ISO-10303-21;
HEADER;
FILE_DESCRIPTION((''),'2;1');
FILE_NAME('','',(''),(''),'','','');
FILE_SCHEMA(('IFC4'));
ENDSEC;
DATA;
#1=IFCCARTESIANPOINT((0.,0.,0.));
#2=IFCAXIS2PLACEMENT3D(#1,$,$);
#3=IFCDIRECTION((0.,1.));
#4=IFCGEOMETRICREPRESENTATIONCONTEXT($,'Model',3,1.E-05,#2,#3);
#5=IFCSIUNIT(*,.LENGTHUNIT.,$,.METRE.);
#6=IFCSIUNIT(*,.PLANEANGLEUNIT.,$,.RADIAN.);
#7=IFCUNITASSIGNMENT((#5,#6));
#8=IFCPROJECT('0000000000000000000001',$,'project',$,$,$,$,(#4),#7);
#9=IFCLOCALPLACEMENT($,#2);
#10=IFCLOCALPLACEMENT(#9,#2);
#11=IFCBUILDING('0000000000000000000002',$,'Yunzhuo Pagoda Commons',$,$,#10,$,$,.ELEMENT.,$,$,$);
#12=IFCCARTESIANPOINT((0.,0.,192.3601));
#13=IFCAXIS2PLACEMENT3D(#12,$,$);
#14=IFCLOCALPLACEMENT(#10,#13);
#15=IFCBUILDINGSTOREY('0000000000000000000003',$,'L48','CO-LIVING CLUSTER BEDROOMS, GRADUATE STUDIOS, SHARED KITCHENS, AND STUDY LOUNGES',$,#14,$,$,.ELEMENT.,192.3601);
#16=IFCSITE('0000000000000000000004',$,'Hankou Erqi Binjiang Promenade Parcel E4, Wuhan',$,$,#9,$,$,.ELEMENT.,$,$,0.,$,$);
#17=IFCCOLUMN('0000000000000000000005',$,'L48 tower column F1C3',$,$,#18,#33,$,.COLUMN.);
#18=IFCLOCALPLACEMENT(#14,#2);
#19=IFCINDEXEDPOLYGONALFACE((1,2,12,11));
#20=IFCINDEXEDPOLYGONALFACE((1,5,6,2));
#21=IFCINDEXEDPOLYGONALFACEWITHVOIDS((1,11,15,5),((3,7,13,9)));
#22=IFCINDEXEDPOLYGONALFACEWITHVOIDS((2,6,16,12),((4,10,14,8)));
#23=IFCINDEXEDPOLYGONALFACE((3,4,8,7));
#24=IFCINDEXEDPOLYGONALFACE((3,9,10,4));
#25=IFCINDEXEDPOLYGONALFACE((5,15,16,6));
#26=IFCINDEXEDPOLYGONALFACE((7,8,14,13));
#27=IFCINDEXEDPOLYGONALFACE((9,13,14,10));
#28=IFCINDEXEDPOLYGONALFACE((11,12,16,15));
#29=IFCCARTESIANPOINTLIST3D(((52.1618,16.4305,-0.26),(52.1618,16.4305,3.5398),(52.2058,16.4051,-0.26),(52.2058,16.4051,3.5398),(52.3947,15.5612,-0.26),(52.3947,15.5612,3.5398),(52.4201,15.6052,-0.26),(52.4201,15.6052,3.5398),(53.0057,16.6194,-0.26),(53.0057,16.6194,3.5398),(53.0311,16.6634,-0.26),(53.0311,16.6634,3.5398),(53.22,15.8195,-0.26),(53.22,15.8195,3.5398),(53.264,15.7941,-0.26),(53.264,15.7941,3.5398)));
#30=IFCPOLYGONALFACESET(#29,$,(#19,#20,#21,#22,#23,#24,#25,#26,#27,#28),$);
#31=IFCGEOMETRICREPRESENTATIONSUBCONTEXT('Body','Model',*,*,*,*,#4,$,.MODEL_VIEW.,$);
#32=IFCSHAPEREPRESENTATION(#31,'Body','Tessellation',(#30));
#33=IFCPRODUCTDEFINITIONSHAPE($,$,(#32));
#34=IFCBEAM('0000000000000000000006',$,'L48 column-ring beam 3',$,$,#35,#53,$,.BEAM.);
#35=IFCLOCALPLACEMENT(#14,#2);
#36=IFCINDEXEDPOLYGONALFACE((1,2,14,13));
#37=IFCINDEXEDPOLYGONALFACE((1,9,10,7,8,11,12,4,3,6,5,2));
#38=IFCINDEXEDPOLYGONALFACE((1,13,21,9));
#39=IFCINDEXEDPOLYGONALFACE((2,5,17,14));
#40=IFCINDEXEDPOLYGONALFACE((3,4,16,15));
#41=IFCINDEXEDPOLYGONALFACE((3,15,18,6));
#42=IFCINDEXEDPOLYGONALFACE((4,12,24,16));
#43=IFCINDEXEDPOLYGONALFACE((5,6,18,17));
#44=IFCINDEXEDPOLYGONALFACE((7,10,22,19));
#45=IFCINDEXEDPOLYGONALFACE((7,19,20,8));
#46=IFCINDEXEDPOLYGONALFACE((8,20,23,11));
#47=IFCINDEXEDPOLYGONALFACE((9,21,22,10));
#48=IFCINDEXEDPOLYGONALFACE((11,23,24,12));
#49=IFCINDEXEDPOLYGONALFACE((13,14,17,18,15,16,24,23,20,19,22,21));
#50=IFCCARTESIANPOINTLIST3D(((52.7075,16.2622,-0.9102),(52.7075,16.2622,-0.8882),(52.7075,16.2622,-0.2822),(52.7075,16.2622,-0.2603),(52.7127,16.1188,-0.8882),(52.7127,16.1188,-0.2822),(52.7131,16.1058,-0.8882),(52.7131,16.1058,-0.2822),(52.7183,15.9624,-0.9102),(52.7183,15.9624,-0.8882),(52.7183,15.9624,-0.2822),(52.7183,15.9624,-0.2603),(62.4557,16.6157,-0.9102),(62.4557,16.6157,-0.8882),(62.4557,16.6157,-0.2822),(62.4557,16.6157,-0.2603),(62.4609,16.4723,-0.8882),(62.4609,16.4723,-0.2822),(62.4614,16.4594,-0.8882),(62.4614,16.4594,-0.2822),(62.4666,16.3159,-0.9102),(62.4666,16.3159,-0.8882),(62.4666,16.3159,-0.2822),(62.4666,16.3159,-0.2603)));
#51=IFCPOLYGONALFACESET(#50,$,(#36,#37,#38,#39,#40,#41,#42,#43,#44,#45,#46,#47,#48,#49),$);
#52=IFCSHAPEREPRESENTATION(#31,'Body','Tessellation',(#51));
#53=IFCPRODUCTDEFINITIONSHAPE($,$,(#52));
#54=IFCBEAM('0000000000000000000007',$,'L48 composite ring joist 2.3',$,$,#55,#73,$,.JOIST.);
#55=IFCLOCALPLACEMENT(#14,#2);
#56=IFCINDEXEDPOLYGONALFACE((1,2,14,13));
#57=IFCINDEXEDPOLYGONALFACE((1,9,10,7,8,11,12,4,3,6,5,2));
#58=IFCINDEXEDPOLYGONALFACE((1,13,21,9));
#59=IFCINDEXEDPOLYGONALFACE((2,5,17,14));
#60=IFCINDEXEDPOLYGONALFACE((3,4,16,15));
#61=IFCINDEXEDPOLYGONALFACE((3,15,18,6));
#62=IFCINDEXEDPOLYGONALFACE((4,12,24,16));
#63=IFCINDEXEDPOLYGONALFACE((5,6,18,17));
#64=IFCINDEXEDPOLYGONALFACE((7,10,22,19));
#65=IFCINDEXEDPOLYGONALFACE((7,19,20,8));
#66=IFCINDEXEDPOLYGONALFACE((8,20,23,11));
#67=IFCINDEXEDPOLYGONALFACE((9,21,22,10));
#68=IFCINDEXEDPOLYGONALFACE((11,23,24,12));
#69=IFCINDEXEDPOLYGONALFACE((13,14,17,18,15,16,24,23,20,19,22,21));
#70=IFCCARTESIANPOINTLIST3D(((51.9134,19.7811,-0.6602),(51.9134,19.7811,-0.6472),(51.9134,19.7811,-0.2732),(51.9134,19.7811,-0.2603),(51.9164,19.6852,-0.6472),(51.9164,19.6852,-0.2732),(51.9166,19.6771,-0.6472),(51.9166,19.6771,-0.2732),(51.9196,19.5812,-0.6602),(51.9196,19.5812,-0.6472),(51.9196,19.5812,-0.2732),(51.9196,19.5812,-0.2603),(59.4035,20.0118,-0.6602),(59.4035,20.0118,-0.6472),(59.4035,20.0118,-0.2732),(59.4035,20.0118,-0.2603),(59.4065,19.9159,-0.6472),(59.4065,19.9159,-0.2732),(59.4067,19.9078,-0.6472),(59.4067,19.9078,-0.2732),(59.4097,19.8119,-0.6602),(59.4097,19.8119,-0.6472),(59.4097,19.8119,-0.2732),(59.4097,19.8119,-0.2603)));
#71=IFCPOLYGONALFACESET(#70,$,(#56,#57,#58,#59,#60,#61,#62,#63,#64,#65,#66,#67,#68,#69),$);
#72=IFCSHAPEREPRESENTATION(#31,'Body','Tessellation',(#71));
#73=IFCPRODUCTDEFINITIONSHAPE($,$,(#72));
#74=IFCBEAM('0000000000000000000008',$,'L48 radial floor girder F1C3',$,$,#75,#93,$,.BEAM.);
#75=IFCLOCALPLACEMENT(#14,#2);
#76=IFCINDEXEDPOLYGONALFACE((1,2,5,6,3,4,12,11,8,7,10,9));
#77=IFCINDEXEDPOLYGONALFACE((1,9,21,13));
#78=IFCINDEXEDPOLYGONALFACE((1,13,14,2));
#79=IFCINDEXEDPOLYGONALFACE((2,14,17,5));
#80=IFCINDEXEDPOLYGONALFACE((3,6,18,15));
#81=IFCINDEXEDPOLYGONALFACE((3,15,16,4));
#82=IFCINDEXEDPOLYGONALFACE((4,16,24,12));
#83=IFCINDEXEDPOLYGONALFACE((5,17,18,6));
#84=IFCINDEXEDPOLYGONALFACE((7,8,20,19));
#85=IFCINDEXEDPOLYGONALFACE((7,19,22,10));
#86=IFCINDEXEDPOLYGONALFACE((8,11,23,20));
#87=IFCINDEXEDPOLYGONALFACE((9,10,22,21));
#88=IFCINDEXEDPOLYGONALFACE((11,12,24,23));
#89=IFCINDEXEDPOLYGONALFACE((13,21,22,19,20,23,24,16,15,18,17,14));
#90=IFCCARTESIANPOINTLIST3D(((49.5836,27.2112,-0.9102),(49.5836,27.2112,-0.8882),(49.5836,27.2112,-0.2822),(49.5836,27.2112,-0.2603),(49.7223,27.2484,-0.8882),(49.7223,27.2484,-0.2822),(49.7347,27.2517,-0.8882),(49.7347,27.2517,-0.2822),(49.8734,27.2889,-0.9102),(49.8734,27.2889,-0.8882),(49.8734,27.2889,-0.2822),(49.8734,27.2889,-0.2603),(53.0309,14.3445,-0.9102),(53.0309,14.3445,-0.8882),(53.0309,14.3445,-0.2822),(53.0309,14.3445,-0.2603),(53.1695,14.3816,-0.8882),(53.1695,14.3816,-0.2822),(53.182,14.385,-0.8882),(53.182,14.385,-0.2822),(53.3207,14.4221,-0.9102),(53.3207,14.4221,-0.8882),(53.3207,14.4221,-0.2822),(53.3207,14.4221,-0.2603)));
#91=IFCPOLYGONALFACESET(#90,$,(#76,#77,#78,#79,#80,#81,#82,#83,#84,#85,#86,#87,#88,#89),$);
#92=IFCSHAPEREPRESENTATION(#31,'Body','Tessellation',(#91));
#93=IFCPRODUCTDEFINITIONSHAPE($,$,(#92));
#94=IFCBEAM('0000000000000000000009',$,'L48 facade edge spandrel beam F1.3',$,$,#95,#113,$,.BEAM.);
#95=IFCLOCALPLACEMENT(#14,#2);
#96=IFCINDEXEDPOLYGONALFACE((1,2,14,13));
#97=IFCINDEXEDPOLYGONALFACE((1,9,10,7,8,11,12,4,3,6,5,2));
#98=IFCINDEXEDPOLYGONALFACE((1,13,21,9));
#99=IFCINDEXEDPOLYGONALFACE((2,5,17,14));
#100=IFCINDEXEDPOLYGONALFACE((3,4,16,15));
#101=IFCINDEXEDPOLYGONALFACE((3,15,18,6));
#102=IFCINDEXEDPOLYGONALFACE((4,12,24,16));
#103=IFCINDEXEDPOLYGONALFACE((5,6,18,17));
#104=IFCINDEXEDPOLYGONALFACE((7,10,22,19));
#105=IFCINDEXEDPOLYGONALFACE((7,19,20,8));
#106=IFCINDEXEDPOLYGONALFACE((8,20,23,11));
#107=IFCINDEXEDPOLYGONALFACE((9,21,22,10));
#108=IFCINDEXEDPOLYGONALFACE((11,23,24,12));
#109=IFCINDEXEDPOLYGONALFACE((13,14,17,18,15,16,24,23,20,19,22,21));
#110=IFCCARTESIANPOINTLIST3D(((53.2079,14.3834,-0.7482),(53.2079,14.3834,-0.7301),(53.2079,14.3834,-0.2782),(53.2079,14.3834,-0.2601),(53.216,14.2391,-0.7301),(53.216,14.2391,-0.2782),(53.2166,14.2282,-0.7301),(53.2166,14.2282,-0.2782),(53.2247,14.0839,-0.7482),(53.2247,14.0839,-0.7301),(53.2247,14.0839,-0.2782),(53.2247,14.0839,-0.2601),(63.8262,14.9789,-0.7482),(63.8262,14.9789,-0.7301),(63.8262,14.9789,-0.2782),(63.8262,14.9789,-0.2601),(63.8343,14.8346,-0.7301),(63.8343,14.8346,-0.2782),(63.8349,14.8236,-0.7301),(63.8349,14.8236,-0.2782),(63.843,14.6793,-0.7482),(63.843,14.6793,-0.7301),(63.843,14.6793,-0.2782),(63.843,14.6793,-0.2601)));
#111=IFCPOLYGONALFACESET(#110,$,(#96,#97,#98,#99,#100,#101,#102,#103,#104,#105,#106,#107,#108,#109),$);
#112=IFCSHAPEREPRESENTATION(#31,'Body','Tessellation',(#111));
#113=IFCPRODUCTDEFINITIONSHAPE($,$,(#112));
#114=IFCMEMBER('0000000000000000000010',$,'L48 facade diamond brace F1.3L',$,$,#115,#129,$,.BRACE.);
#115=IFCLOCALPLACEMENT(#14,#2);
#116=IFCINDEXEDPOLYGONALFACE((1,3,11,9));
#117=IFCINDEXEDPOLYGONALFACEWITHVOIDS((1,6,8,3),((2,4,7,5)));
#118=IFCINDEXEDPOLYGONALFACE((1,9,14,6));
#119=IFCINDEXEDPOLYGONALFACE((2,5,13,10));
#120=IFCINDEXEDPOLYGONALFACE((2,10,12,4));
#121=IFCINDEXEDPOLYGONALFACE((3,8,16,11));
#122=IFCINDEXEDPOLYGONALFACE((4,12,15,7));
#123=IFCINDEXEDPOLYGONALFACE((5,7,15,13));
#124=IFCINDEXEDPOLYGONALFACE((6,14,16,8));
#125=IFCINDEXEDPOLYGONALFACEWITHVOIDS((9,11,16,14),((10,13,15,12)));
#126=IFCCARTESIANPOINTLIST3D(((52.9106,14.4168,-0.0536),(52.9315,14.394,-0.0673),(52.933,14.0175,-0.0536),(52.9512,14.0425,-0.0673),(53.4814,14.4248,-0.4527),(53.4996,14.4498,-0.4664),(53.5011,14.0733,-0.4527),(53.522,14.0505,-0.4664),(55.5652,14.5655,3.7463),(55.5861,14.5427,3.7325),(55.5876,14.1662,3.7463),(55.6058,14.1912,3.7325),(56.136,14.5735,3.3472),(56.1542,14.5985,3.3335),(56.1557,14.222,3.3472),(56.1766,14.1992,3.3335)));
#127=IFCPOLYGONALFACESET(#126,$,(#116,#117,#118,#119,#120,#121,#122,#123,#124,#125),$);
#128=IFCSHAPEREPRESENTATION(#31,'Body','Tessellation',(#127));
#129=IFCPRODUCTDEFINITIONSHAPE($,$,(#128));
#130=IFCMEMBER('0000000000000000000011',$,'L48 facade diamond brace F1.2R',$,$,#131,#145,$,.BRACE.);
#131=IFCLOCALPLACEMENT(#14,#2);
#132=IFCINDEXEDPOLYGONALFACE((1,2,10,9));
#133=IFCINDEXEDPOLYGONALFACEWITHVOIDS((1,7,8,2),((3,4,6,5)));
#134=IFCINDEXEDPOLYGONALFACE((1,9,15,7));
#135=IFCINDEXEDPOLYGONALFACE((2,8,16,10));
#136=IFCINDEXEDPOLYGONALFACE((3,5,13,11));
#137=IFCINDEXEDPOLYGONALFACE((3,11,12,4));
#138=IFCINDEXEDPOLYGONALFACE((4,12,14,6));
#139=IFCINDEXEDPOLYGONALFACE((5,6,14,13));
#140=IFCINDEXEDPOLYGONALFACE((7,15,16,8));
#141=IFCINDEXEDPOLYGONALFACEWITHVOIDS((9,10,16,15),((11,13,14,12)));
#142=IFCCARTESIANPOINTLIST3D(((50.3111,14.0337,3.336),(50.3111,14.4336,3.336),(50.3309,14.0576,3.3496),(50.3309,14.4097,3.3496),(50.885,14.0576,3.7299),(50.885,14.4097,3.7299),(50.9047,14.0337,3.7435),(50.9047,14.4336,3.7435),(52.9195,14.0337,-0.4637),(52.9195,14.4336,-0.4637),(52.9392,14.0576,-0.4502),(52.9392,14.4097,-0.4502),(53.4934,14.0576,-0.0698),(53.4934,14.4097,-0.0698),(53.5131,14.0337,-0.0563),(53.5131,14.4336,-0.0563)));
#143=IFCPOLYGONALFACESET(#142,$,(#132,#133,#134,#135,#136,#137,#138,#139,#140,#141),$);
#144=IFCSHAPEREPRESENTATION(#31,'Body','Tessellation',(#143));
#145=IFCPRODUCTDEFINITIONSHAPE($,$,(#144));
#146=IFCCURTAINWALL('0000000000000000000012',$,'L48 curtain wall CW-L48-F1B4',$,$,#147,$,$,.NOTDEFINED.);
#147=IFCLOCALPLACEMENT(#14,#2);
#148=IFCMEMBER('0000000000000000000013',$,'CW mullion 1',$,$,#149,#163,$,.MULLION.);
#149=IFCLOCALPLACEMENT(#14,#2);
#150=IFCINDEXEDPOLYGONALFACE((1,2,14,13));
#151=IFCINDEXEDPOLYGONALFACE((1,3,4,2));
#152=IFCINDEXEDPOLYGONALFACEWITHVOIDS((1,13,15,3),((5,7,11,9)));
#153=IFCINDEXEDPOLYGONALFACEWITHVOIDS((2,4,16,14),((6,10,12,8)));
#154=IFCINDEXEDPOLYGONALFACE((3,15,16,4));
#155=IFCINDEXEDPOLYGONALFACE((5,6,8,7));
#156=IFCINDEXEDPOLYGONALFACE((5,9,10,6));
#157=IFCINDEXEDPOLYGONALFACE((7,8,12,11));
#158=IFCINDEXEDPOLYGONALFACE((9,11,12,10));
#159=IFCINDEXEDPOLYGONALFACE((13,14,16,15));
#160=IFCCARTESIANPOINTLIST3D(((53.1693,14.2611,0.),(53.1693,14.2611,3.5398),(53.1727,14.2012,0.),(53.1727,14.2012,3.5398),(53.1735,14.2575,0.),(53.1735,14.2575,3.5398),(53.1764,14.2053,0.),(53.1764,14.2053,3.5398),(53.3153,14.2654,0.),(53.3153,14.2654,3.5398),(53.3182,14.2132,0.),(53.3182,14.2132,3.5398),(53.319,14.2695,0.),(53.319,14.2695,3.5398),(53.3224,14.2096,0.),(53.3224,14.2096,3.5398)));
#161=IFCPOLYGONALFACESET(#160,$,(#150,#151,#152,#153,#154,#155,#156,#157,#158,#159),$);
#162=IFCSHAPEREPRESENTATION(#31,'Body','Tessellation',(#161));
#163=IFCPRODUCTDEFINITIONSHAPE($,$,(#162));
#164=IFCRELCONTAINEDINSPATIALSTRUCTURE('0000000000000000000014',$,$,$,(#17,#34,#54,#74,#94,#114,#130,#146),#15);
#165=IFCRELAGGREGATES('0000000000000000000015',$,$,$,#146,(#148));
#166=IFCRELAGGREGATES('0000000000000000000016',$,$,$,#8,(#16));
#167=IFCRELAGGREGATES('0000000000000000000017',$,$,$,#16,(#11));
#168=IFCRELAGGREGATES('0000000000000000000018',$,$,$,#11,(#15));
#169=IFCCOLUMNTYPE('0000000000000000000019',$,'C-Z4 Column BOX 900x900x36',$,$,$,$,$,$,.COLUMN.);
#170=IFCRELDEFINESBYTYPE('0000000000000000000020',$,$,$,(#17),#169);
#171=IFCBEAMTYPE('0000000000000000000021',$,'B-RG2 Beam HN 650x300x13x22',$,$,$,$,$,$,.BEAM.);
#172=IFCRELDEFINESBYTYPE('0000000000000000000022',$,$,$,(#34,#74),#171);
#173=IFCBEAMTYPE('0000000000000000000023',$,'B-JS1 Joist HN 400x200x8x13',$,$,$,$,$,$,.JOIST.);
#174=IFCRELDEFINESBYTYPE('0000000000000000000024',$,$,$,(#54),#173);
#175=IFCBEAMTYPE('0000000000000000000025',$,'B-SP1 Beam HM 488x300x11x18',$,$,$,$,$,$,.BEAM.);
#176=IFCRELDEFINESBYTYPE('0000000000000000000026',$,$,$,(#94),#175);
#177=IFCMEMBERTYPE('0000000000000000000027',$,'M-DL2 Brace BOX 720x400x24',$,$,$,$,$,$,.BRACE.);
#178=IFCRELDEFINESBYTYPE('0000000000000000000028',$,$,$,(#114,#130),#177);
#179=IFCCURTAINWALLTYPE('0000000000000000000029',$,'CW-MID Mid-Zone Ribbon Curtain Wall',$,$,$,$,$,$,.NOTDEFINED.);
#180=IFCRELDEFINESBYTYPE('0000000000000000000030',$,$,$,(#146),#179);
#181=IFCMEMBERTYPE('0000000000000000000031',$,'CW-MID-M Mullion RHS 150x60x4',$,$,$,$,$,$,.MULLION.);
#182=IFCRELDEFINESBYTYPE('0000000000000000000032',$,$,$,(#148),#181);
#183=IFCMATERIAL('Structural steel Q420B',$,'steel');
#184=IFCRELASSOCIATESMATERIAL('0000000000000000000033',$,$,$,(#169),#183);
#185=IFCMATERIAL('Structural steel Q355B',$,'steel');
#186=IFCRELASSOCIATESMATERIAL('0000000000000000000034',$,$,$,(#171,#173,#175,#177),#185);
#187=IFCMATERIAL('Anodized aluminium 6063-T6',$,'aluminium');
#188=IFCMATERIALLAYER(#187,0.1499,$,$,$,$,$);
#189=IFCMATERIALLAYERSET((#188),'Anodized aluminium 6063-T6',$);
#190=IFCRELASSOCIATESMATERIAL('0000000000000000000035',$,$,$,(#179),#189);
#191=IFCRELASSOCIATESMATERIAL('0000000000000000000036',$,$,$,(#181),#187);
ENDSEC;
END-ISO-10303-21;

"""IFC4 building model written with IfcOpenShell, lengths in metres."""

from ifc_helpers import new_model, si_unit, direction, frame, origin, origin_2d, place, context, subcontext, project, spatial, hollow_rectangle, i_section, extrude, source, transform, mapped, material, layer, layer_set, material_profile, profile_set, type_object, element, aggregate, save


model = new_model("IFC4")

# Units and contexts
model_context = context("Model", 3, precision=1e-05, world=origin(), true_north=direction((0.0, 1.0)))
body_context = subcontext(model_context, "Body", "Model", "MODEL_VIEW")
ifc_project = project(units=[si_unit("LENGTHUNIT", "METRE"), si_unit("PLANEANGLEUNIT", "RADIAN")], contexts=[model_context])

# Site, building, storey
site_placement = place(None, origin())
site = spatial("IfcSite", under=ifc_project, at=site_placement, Name="Hankou Erqi Binjiang Promenade Parcel E4, Wuhan", CompositionType="ELEMENT", RefElevation=0.0)
building_placement = place(site_placement, origin())
building = spatial("IfcBuilding", under=site, at=building_placement, Name="Yunzhuo Pagoda Commons", CompositionType="ELEMENT")
storey_placement = place(building_placement, frame((0.0, 0.0, 192.3601)))
storey = spatial("IfcBuildingStorey", under=building, at=storey_placement, Name="L48", Description="CO-LIVING CLUSTER BEDROOMS, GRADUATE STUDIOS, SHARED KITCHENS, AND STUDY LOUNGES", CompositionType="ELEMENT", Elevation=192.3601)

# Column
ifc_material_1 = material(Name="Structural steel Q420B", Category="steel")
ifc_material_profile_1 = material_profile(ifc_material_1, hollow_rectangle(XDim=0.8999, YDim=0.8999, WallThickness=0.0359, at=origin_2d()), Name="Structural steel Q420B")
ifc_profile_set_1 = profile_set([ifc_material_profile_1], Name="Structural steel Q420B")
column_type = type_object("IfcColumnType", Name="C-Z4 Column BOX 900x900x36", PredefinedType="COLUMN", material=ifc_profile_set_1)
shared_shape_1 = source(origin(), body_context, "Body", "SweptSolid", [
    extrude(hollow_rectangle(XDim=0.8999, YDim=0.8999, WallThickness=0.0359, at=origin_2d()), origin(), (0.0, 0.0, 1.0), 3.7998),
])
column_placement = place(storey_placement, frame((52.7129, 16.1123, -0.26), z_axis=(0.0, 0.0, 1.0), x_axis=(0.965926, 0.258819, 0.0)))
element("IfcColumn", 1, at=column_placement, inside=storey, type_object=column_type, Name="L48 tower column F1C3", PredefinedType="COLUMN", context=body_context, shape_type="MappedRepresentation", body=[
    mapped(shared_shape_1, transform((0.0, 0.0, 0.0), scale=1.0)),
])

# Beams
ifc_material_2 = material(Name="Structural steel Q355B", Category="steel")
ifc_material_profile_2 = material_profile(ifc_material_2, i_section(OverallWidth=0.3, OverallDepth=0.6499, WebThickness=0.0129, FlangeThickness=0.022, at=origin_2d()), Name="Structural steel Q355B")
ifc_profile_set_2 = profile_set([ifc_material_profile_2], Name="Structural steel Q355B")
beam_type_1 = type_object("IfcBeamType", Name="B-RG2 Beam HN 650x300x13x22", PredefinedType="BEAM", material=ifc_profile_set_2)
shared_shape_2 = source(origin(), body_context, "Body", "SweptSolid", [
    extrude(i_section(OverallWidth=0.3, OverallDepth=0.6499, WebThickness=0.0129, FlangeThickness=0.022, at=origin_2d()), origin(), (0.0, 0.0, 1.0), 9.7546),
])
beam_1_placement = place(storey_placement, frame((52.7129, 16.1123, -0.5852), z_axis=(0.999343, 0.036241, 0.0), x_axis=(-0.036241, 0.999343, 0.0)))
element("IfcBeam", 2, at=beam_1_placement, inside=storey, type_object=beam_type_1, Name="L48 column-ring beam 3", PredefinedType="BEAM", context=body_context, shape_type="MappedRepresentation", body=[
    mapped(shared_shape_2, transform((0.0, 0.0, 0.0), scale=1.0)),
])
ifc_material_profile_3 = material_profile(ifc_material_2, i_section(OverallWidth=0.2, OverallDepth=0.3999, WebThickness=0.0081, FlangeThickness=0.0129, at=origin_2d()), Name="Structural steel Q355B")
ifc_profile_set_3 = profile_set([ifc_material_profile_3], Name="Structural steel Q355B")
beam_type_2 = type_object("IfcBeamType", Name="B-JS1 Joist HN 400x200x8x13", PredefinedType="JOIST", material=ifc_profile_set_3)
shared_shape_3 = source(origin(), body_context, "Body", "SweptSolid", [
    extrude(i_section(OverallWidth=0.2, OverallDepth=0.3999, WebThickness=0.0081, FlangeThickness=0.0129, at=origin_2d()), origin(), (0.0, 0.0, 1.0), 7.4937),
])
beam_2_placement = place(storey_placement, frame((51.9165, 19.6812, -0.4602), z_axis=(0.999526, 0.030788, 0.0), x_axis=(-0.030788, 0.999526, 0.0)))
element("IfcBeam", 3, at=beam_2_placement, inside=storey, type_object=beam_type_2, Name="L48 composite ring joist 2.3", PredefinedType="JOIST", context=body_context, shape_type="MappedRepresentation", body=[
    mapped(shared_shape_3, transform((0.0, 0.0, 0.0), scale=1.0)),
])
shared_shape_4 = source(origin(), body_context, "Body", "SweptSolid", [
    extrude(i_section(OverallWidth=0.3, OverallDepth=0.6499, WebThickness=0.0129, FlangeThickness=0.022, at=origin_2d()), origin(), (0.0, 0.0, 1.0), 13.3206),
])
beam_3_placement = place(storey_placement, frame((53.1758, 14.3833, -0.5852), z_axis=(-0.258794, 0.965933, 0.0), x_axis=(-0.965933, -0.258794, 0.0)))
element("IfcBeam", 4, at=beam_3_placement, inside=storey, type_object=beam_type_1, Name="L48 radial floor girder F1C3", PredefinedType="BEAM", context=body_context, shape_type="MappedRepresentation", body=[
    mapped(shared_shape_4, transform((0.0, 0.0, 0.0), scale=1.0)),
])
ifc_material_profile_4 = material_profile(ifc_material_2, i_section(OverallWidth=0.3, OverallDepth=0.488, WebThickness=0.011, FlangeThickness=0.0181, at=origin_2d()), Name="Structural steel Q355B")
ifc_profile_set_4 = profile_set([ifc_material_profile_4], Name="Structural steel Q355B")
beam_type_3 = type_object("IfcBeamType", Name="B-SP1 Beam HM 488x300x11x18", PredefinedType="BEAM", material=ifc_profile_set_4)
shared_shape_5 = source(origin(), body_context, "Body", "SweptSolid", [
    extrude(i_section(OverallWidth=0.3, OverallDepth=0.488, WebThickness=0.011, FlangeThickness=0.0181, at=origin_2d()), origin(), (0.0, 0.0, 1.0), 10.635),
])
beam_4_placement = place(storey_placement, frame((53.2163, 14.2336, -0.5042), z_axis=(0.998431, 0.05599, 0.0), x_axis=(-0.05599, 0.998431, 0.0)))
element("IfcBeam", 5, at=beam_4_placement, inside=storey, type_object=beam_type_3, Name="L48 facade edge spandrel beam F1.3", PredefinedType="BEAM", context=body_context, shape_type="MappedRepresentation", body=[
    mapped(shared_shape_5, transform((0.0, 0.0, 0.0), scale=1.0)),
])

# Members
ifc_material_profile_5 = material_profile(ifc_material_2, hollow_rectangle(XDim=0.3999, YDim=0.72, WallThickness=0.0239, at=origin_2d()), Name="Structural steel Q355B")
ifc_profile_set_5 = profile_set([ifc_material_profile_5], Name="Structural steel Q355B")
member_type_1 = type_object("IfcMemberType", Name="M-DL2 Brace BOX 720x400x24", PredefinedType="BRACE", material=ifc_profile_set_5)
shared_shape_6 = source(origin(), body_context, "Body", "SweptSolid", [
    extrude(hollow_rectangle(XDim=0.3999, YDim=0.72, WallThickness=0.0239, at=origin_2d()), origin(), (0.0, 0.0, 1.0), 4.6377),
])
member_1_placement = place(storey_placement, frame((53.2163, 14.2336, -0.26), z_axis=(0.572397, 0.03206, 0.81935), x_axis=(-0.055923, 0.998435, 0.0)))
element("IfcMember", 6, at=member_1_placement, inside=storey, type_object=member_type_1, Name="L48 facade diamond brace F1.3L", PredefinedType="BRACE", context=body_context, shape_type="MappedRepresentation", body=[
    mapped(shared_shape_6, transform((0.0, 0.0, 0.0), scale=1.0)),
])
shared_shape_7 = source(origin(), body_context, "Body", "SweptSolid", [
    extrude(hollow_rectangle(XDim=0.3999, YDim=0.72, WallThickness=0.0239, at=origin_2d()), origin(), (0.0, 0.0, 1.0), 4.6089),
])
member_2_placement = place(storey_placement, frame((53.2163, 14.2336, -0.26), z_axis=(-0.565944, 0.0, 0.824444), x_axis=(0.0, -1.0, 0.0)))
element("IfcMember", 7, at=member_2_placement, inside=storey, type_object=member_type_1, Name="L48 facade diamond brace F1.2R", PredefinedType="BRACE", context=body_context, shape_type="MappedRepresentation", body=[
    mapped(shared_shape_7, transform((0.0, 0.0, 0.0), scale=1.0)),
])

# Curtain wall, member
ifc_material_3 = material(Name="Anodized aluminium 6063-T6", Category="aluminium")
ifc_layer_1 = layer(ifc_material_3, 0.1499)
ifc_layer_set_1 = layer_set([ifc_layer_1], Name="Anodized aluminium 6063-T6")
curtain_wall_type = type_object("IfcCurtainWallType", Name="CW-MID Mid-Zone Ribbon Curtain Wall", PredefinedType="NOTDEFINED", material=ifc_layer_set_1)
curtain_wall_1_placement = place(storey_placement, origin())
curtain_wall_1 = element("IfcCurtainWall", 8, at=curtain_wall_1_placement, inside=storey, type_object=curtain_wall_type, Name="L48 curtain wall CW-L48-F1B4", PredefinedType="NOTDEFINED")
ifc_material_profile_6 = material_profile(ifc_material_3, hollow_rectangle(XDim=0.0601, YDim=0.1499, WallThickness=0.0039, at=origin_2d()), Name="Anodized aluminium 6063-T6")
ifc_profile_set_6 = profile_set([ifc_material_profile_6], Name="Anodized aluminium 6063-T6")
member_type_2 = type_object("IfcMemberType", Name="CW-MID-M Mullion RHS 150x60x4", PredefinedType="MULLION", material=ifc_profile_set_6)
shared_shape_8 = source(origin(), body_context, "Body", "SweptSolid", [
    extrude(hollow_rectangle(XDim=0.0601, YDim=0.1499, WallThickness=0.0039, at=origin_2d()), origin(), (0.0, 0.0, 1.0), 3.5398),
])
member_3_placement = place(storey_placement, frame((53.2458, 14.2354, 0.0), z_axis=(0.0, 0.0, 1.0), x_axis=(-0.055983, 0.998432, 0.0)))
member_3 = element("IfcMember", 9, at=member_3_placement, type_object=member_type_2, Name="CW mullion 1", PredefinedType="MULLION", context=body_context, shape_type="MappedRepresentation", body=[
    mapped(shared_shape_8, transform((0.0, 0.0, 0.0), scale=1.0)),
])

aggregate(curtain_wall_1, [member_3])

save(model, "model.ifc")
